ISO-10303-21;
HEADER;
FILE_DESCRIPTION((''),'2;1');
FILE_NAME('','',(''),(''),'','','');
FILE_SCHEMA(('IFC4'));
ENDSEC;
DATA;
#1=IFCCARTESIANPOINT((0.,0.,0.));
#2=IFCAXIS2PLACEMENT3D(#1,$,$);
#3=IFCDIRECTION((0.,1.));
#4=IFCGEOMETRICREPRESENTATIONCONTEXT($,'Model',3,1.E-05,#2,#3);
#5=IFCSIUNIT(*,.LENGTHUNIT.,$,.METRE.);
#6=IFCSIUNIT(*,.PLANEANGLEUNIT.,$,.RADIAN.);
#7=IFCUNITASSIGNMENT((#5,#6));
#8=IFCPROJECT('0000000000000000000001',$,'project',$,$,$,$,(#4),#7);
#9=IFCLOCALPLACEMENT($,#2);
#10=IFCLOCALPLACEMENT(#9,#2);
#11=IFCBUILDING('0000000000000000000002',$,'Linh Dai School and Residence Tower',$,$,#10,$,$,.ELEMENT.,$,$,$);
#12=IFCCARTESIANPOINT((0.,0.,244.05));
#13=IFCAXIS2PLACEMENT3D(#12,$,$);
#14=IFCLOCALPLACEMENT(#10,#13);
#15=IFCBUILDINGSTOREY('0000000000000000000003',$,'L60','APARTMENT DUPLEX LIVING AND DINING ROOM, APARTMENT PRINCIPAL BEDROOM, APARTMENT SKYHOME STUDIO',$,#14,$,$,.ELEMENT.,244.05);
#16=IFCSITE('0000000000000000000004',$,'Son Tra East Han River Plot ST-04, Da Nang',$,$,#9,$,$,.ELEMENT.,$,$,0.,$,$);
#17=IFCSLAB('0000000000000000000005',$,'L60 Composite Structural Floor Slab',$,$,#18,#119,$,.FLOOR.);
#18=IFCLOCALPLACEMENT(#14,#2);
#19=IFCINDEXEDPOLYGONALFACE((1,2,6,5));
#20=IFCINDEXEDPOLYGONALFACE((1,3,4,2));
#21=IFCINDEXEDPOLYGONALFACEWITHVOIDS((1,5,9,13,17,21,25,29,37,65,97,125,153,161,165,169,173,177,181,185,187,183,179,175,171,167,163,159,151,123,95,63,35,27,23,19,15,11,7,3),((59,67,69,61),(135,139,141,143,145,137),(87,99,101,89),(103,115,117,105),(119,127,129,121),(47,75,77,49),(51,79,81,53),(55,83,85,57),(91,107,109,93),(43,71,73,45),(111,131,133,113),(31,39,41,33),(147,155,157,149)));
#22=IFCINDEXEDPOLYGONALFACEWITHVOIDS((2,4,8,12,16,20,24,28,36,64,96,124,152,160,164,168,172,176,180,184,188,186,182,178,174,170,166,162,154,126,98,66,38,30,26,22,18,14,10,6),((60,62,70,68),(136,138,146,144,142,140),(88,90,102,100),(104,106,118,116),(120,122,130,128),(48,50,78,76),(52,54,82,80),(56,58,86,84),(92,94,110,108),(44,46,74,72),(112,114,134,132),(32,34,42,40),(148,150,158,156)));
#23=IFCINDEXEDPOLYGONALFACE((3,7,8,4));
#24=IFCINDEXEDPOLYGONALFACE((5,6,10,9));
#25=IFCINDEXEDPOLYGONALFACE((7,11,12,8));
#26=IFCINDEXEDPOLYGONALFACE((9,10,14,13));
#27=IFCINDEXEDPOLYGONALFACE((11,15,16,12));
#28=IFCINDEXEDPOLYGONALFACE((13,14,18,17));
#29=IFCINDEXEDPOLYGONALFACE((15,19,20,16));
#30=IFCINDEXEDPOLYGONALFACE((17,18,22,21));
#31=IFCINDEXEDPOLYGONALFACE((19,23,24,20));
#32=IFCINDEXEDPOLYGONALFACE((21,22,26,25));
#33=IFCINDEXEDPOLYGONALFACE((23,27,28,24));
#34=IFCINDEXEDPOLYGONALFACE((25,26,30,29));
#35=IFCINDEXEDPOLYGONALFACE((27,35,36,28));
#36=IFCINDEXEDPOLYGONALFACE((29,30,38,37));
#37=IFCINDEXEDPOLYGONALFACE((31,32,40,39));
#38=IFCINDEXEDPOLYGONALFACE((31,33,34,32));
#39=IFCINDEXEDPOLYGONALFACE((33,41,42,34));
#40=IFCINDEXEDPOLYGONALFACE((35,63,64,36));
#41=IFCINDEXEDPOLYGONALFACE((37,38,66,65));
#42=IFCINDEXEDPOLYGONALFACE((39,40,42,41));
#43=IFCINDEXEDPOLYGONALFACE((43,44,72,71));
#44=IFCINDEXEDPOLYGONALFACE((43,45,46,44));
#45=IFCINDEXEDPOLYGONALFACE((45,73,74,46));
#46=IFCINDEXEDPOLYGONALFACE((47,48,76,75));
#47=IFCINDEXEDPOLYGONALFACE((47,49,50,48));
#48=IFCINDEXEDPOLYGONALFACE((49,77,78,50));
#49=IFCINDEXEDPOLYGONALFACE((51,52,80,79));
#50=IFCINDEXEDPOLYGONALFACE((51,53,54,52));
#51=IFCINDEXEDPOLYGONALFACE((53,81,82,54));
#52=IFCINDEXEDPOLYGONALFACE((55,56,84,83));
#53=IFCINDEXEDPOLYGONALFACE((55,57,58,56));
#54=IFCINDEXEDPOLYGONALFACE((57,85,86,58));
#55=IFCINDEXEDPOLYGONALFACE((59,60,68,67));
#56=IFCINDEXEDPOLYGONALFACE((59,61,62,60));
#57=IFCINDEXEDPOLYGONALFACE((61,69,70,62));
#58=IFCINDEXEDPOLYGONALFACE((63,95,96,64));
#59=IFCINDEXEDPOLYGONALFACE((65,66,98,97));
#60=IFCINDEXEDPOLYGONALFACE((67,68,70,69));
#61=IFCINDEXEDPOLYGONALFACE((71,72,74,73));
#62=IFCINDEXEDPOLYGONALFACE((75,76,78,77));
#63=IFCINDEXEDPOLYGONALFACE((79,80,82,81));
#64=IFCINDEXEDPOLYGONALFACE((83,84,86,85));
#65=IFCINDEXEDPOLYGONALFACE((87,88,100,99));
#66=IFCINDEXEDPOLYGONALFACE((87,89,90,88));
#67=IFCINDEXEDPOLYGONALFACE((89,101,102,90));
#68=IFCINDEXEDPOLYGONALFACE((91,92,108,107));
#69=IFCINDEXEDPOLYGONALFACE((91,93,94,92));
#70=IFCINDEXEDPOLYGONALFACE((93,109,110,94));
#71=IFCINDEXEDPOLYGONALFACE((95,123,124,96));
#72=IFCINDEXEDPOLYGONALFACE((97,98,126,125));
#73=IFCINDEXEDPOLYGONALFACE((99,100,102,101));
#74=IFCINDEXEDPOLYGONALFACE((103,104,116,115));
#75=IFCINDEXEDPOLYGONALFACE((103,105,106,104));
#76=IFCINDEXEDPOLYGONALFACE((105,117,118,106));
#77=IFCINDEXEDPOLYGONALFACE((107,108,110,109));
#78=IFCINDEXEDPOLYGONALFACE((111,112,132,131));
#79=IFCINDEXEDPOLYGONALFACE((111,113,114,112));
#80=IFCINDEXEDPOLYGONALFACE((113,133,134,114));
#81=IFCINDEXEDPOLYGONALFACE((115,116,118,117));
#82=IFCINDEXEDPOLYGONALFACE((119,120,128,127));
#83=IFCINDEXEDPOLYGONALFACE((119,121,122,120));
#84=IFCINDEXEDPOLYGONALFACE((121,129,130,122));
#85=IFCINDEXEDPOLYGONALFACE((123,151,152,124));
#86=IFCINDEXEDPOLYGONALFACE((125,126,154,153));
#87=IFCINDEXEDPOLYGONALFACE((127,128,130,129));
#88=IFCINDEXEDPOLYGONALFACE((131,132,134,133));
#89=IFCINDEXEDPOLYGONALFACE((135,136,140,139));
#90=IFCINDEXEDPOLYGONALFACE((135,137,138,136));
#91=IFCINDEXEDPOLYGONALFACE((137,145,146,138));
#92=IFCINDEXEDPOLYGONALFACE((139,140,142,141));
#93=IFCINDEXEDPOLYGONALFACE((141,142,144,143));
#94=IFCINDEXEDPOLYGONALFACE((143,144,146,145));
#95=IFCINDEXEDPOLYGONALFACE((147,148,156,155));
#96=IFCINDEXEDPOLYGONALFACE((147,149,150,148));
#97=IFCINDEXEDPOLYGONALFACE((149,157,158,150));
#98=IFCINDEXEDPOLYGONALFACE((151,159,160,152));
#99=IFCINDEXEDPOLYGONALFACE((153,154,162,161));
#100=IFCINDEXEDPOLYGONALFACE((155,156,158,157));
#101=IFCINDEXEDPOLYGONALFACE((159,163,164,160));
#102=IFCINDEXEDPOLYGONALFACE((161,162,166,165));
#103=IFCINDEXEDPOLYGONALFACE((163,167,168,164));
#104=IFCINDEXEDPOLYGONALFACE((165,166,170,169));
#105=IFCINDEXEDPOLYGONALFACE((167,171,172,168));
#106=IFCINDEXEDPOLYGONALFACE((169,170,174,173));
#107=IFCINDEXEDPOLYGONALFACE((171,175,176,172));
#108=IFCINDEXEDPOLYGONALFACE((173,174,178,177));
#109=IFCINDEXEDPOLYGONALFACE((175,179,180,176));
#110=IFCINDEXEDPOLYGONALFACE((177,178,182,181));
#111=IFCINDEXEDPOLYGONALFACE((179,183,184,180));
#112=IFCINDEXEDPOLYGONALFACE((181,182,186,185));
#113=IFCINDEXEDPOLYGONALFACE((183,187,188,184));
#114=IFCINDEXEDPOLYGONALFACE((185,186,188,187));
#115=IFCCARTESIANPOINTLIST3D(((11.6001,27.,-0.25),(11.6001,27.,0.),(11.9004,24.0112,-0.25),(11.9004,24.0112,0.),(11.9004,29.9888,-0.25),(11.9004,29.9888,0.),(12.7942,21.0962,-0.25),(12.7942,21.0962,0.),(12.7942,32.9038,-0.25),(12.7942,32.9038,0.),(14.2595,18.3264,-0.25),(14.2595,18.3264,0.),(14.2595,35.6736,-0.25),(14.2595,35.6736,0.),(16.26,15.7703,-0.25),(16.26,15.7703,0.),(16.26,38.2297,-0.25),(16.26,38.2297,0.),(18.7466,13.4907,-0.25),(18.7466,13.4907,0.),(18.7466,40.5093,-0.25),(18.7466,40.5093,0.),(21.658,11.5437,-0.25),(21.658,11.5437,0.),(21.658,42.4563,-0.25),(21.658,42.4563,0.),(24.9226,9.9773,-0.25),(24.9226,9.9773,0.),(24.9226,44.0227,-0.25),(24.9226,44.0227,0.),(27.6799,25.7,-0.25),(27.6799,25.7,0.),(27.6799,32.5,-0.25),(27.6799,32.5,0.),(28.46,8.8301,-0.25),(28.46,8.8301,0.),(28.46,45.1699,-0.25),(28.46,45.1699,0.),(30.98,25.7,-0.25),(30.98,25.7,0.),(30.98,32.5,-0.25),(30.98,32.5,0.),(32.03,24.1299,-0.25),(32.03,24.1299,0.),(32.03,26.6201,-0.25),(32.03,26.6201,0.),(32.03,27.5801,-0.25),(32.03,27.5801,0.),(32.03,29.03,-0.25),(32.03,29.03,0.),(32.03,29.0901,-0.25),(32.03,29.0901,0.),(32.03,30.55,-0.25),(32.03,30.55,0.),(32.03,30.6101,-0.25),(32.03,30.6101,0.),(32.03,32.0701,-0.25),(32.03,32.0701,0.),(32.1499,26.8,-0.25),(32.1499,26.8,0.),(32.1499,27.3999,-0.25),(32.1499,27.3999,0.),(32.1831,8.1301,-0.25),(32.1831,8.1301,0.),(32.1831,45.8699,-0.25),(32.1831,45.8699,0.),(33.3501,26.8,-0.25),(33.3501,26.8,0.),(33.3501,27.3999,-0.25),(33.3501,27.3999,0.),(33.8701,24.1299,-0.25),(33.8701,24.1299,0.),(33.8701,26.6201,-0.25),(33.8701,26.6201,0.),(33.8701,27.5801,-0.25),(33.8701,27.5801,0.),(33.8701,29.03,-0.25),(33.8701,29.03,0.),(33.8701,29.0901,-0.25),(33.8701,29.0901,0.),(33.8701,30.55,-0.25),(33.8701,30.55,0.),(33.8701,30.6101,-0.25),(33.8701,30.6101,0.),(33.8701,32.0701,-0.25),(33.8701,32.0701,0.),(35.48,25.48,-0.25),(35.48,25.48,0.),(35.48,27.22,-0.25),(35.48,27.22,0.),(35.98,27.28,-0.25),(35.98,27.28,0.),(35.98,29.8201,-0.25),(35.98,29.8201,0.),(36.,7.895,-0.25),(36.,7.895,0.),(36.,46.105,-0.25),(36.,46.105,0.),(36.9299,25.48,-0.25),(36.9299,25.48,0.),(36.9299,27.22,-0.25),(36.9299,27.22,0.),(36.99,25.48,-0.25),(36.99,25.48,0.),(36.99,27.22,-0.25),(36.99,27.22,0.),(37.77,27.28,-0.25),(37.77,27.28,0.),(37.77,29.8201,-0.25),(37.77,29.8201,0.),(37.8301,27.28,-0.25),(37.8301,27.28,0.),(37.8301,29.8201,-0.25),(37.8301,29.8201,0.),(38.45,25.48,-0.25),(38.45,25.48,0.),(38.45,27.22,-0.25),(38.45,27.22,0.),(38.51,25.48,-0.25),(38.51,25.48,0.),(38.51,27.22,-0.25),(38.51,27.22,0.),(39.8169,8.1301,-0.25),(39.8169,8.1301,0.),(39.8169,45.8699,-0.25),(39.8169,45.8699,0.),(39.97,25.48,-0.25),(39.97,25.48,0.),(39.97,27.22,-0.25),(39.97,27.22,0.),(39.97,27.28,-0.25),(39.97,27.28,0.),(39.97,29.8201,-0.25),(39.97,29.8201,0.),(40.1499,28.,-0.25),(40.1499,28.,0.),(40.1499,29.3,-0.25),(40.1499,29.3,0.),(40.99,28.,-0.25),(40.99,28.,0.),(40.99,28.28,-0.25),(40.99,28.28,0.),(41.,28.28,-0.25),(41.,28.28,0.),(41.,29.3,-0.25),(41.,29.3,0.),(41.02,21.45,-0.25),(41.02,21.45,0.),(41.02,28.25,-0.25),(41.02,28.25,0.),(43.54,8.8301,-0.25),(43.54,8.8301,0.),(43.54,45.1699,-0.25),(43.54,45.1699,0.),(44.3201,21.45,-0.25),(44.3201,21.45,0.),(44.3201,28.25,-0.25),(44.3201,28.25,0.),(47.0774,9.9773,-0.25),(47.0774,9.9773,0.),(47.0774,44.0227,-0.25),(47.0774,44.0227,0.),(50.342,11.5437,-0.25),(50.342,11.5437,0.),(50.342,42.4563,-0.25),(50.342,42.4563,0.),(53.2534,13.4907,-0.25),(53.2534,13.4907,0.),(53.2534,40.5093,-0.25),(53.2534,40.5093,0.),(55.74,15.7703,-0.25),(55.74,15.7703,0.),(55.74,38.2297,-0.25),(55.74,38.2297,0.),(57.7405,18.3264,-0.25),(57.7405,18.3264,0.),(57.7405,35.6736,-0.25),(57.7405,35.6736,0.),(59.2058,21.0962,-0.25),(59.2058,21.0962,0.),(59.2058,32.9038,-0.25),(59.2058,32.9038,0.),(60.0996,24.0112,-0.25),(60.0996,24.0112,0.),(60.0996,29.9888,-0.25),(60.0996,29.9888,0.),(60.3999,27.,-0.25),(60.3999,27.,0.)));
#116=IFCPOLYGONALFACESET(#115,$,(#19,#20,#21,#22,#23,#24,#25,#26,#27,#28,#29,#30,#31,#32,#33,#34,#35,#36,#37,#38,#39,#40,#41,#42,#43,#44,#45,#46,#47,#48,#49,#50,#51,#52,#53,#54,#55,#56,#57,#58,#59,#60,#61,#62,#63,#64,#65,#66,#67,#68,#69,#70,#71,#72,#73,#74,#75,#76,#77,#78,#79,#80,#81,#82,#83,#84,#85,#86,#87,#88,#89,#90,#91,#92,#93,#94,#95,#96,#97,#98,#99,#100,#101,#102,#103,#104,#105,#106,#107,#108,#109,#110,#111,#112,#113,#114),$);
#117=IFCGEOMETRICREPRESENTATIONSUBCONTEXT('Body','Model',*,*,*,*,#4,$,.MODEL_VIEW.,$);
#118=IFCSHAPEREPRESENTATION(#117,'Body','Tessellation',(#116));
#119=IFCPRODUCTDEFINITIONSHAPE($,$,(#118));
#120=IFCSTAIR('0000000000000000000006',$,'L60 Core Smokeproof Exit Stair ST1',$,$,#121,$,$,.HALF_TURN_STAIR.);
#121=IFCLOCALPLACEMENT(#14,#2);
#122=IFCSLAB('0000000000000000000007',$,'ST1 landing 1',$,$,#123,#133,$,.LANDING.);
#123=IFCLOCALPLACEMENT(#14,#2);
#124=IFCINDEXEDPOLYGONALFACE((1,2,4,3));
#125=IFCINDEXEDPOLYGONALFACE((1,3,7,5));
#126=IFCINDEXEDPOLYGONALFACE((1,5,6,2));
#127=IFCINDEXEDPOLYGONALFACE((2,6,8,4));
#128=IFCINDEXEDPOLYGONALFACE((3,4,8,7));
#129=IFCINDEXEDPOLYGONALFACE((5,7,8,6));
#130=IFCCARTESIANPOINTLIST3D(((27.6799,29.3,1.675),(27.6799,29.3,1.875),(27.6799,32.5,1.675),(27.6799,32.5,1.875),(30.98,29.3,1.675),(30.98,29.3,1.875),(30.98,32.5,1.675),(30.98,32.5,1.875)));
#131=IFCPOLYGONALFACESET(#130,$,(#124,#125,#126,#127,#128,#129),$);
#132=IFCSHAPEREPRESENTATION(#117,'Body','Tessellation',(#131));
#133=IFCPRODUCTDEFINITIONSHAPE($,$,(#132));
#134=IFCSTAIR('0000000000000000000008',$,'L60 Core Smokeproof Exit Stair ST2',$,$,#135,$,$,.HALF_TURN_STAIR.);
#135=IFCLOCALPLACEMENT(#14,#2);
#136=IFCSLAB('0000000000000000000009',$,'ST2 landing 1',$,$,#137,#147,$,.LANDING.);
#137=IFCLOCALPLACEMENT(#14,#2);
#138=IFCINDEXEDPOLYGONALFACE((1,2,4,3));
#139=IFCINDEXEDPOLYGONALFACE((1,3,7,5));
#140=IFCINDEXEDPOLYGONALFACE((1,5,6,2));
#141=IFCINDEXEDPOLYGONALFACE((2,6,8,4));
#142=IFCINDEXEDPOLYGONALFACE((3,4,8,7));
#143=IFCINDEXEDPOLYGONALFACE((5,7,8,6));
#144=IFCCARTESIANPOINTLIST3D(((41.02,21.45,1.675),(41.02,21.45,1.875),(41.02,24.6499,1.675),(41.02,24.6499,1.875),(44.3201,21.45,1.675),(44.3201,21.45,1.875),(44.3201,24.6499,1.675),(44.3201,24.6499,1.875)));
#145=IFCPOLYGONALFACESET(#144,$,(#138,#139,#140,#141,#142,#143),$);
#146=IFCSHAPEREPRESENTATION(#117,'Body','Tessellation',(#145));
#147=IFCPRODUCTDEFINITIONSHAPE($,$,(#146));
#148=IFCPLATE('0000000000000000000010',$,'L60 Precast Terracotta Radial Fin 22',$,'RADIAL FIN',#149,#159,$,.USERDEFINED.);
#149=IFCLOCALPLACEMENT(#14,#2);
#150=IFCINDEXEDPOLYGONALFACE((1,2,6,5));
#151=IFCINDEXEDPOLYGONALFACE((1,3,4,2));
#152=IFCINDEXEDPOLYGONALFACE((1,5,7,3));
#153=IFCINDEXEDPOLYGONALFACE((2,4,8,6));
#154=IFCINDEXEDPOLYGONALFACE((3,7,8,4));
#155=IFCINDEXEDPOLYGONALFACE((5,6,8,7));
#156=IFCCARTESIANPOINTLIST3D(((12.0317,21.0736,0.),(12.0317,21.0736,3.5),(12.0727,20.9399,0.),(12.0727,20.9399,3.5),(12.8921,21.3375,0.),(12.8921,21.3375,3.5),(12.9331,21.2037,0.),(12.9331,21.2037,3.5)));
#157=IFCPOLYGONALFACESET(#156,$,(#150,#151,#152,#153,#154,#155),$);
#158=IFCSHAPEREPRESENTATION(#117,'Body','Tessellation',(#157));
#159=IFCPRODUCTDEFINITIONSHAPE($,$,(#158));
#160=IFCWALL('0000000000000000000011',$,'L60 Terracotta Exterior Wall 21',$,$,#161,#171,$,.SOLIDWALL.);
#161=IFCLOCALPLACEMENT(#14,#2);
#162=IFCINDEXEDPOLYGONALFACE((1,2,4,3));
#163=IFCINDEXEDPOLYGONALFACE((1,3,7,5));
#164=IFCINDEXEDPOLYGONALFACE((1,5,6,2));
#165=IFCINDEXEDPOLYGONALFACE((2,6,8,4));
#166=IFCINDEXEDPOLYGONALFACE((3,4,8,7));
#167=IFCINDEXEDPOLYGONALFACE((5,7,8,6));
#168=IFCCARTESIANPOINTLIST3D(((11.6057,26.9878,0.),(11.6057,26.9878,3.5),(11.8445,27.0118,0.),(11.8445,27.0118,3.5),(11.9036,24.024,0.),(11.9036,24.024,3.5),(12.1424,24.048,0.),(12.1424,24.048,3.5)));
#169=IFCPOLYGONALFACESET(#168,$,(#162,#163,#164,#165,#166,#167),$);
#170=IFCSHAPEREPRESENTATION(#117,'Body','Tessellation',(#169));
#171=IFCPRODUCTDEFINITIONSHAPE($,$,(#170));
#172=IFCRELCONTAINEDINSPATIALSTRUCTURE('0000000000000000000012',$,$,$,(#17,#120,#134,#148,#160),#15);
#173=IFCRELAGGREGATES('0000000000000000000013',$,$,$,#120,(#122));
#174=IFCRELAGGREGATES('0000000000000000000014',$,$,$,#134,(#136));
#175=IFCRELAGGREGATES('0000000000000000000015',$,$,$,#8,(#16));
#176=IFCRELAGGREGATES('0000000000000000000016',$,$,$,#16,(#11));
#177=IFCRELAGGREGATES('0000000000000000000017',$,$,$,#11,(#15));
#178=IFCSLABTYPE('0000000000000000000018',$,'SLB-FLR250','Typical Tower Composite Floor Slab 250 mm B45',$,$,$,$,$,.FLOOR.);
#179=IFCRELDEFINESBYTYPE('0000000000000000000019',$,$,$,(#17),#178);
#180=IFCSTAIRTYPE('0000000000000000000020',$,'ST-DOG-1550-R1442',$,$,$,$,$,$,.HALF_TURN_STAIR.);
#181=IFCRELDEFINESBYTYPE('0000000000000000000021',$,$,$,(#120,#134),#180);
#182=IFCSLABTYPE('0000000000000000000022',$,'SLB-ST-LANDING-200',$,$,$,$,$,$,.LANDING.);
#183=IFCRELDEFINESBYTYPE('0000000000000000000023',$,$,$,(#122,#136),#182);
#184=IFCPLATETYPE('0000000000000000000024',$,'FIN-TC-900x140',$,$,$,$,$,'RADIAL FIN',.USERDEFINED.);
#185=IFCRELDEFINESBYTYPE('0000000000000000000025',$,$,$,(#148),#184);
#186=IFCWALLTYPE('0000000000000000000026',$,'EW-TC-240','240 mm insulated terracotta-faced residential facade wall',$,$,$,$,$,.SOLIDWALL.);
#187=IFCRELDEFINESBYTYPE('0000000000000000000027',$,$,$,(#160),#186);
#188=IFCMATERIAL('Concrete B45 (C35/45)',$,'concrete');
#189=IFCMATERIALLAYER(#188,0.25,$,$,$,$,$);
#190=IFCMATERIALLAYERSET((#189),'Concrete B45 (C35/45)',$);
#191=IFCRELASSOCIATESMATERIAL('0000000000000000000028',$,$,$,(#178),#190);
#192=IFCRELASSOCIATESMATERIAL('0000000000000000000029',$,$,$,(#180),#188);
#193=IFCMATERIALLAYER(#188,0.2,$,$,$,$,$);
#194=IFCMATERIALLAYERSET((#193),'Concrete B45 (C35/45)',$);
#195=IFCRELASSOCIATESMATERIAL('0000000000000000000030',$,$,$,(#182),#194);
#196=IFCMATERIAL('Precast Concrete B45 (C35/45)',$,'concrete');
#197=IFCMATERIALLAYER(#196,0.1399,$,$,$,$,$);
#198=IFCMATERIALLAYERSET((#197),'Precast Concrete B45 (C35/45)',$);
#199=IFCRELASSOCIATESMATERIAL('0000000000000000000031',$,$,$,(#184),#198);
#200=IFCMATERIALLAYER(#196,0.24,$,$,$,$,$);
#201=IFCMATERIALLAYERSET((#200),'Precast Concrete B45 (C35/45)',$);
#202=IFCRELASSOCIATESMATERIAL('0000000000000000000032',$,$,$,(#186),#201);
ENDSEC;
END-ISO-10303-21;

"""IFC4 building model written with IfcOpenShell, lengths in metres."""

from ifc_helpers import new_model, si_unit, direction, frame, frame_2d, origin, origin_2d, place, context, subcontext, project, spatial, polyline, rectangle, outline, extrude, source, transform, mapped, material, layer, layer_set, type_object, element, aggregate, save


model = new_model("IFC4")

# Units and contexts
model_context = context("Model", 3, precision=1e-05, world=origin(), true_north=direction((0.0, 1.0)))
body_context = subcontext(model_context, "Body", "Model", "MODEL_VIEW")
ifc_project = project(units=[si_unit("LENGTHUNIT", "METRE"), si_unit("PLANEANGLEUNIT", "RADIAN")], contexts=[model_context])

# Site, building, storey
site_placement = place(None, origin())
site = spatial("IfcSite", under=ifc_project, at=site_placement, Name="Son Tra East Han River Plot ST-04, Da Nang", CompositionType="ELEMENT", RefElevation=0.0)
building_placement = place(site_placement, origin())
building = spatial("IfcBuilding", under=site, at=building_placement, Name="Linh Dai School and Residence Tower", CompositionType="ELEMENT")
storey_placement = place(building_placement, frame((0.0, 0.0, 244.05)))
storey = spatial("IfcBuildingStorey", under=building, at=storey_placement, Name="L60", Description="APARTMENT DUPLEX LIVING AND DINING ROOM, APARTMENT PRINCIPAL BEDROOM, APARTMENT SKYHOME STUDIO", CompositionType="ELEMENT", Elevation=244.05)

# Slab
ifc_material_1 = material(Name="Concrete B45 (C35/45)", Category="concrete")
ifc_layer_1 = layer(ifc_material_1, 0.25)
ifc_layer_set_1 = layer_set([ifc_layer_1], Name="Concrete B45 (C35/45)")
slab_type_1 = type_object("IfcSlabType", Name="SLB-FLR250", Description="Typical Tower Composite Floor Slab 250 mm B45", PredefinedType="FLOOR", material=ifc_layer_set_1)
slab_1_placement = place(storey_placement, frame((0.0, 0.0, -0.25)))
element("IfcSlab", 1, at=slab_1_placement, inside=storey, type_object=slab_type_1, Name="L60 Composite Structural Floor Slab", PredefinedType="FLOOR", context=body_context, shape_type="SweptSolid", body=[
    extrude(outline(polyline([(60.3999, 27.0), (60.0996, 29.9888), (59.2058, 32.9038), (57.7405, 35.6736), (55.74, 38.2297), (53.2534, 40.5093), (50.342, 42.4563), (47.0774, 44.0227), (43.54, 45.1699), (39.8169, 45.8699), (36.0, 46.105), (32.1831, 45.8699), (28.46, 45.1699), (24.9226, 44.0227), (21.658, 42.4563), (18.7466, 40.5093), (16.26, 38.2297), (14.2595, 35.6736), (12.7942, 32.9038), (11.9004, 29.9888), (11.6001, 27.0), (11.9004, 24.0112), (12.7942, 21.0962), (14.2595, 18.3264), (16.26, 15.7703), (18.7466, 13.4907), (21.658, 11.5437), (24.9226, 9.9773), (28.46, 8.8301), (32.1831, 8.1301), (36.0, 7.895), (39.8169, 8.1301), (43.54, 8.8301), (47.0774, 9.9773), (50.342, 11.5437), (53.2534, 13.4907), (55.74, 15.7703), (57.7405, 18.3264), (59.2058, 21.0962), (60.0996, 24.0112), (60.3999, 27.0)]), holes=[polyline([(30.98, 25.7), (30.98, 32.5), (27.6799, 32.5), (27.6799, 25.7), (30.98, 25.7)]), polyline([(41.02, 28.25), (41.02, 21.45), (44.3201, 21.45), (44.3201, 28.25), (41.02, 28.25)]), polyline([(35.98, 27.28), (37.77, 27.28), (37.77, 29.8201), (35.98, 29.8201), (35.98, 27.28)]), polyline([(32.03, 24.1299), (33.8701, 24.1299), (33.8701, 26.6201), (32.03, 26.6201), (32.03, 24.1299)]), polyline([(37.8301, 27.28), (39.97, 27.28), (39.97, 29.8201), (37.8301, 29.8201), (37.8301, 27.28)]), polyline([(32.03, 27.5801), (33.8701, 27.5801), (33.8701, 29.03), (32.03, 29.03), (32.03, 27.5801)]), polyline([(32.03, 29.0901), (33.8701, 29.0901), (33.8701, 30.55), (32.03, 30.55), (32.03, 29.0901)]), polyline([(32.03, 30.6101), (33.8701, 30.6101), (33.8701, 32.0701), (32.03, 32.0701), (32.03, 30.6101)]), polyline([(35.48, 25.48), (36.9299, 25.48), (36.9299, 27.22), (35.48, 27.22), (35.48, 25.48)]), polyline([(36.99, 25.48), (38.45, 25.48), (38.45, 27.22), (36.99, 27.22), (36.99, 25.48)]), polyline([(38.51, 25.48), (39.97, 25.48), (39.97, 27.22), (38.51, 27.22), (38.51, 25.48)]), polyline([(40.1499, 28.0), (40.1499, 29.3), (41.0, 29.3), (41.0, 28.28), (40.99, 28.28), (40.99, 28.0), (40.1499, 28.0)]), polyline([(32.1499, 26.8), (33.3501, 26.8), (33.3501, 27.3999), (32.1499, 27.3999), (32.1499, 26.8)])]), origin(), (0.0, 0.0, 1.0), 0.25),
])

# Stairs, slabs
stair_type = type_object("IfcStairType", Name="ST-DOG-1550-R1442", PredefinedType="HALF_TURN_STAIR", material=ifc_material_1)
stair_1_placement = place(storey_placement, origin())
stair_1 = element("IfcStair", 2, at=stair_1_placement, inside=storey, type_object=stair_type, Name="L60 Core Smokeproof Exit Stair ST1", PredefinedType="HALF_TURN_STAIR")
ifc_layer_2 = layer(ifc_material_1, 0.2)
ifc_layer_set_2 = layer_set([ifc_layer_2], Name="Concrete B45 (C35/45)")
slab_type_2 = type_object("IfcSlabType", Name="SLB-ST-LANDING-200", PredefinedType="LANDING", material=ifc_layer_set_2)
slab_2_placement = place(storey_placement, frame((0.0, 0.0, 1.675)))
slab_2 = element("IfcSlab", 3, at=slab_2_placement, type_object=slab_type_2, Name="ST1 landing 1", PredefinedType="LANDING", context=body_context, shape_type="SweptSolid", body=[
    extrude(outline(polyline([(30.98, 29.3), (30.98, 32.5), (27.6799, 32.5), (27.6799, 29.3), (30.98, 29.3)])), origin(), (0.0, 0.0, 1.0), 0.2),
])
aggregate(stair_1, [slab_2])
stair_2_placement = place(storey_placement, origin())
stair_2 = element("IfcStair", 4, at=stair_2_placement, inside=storey, type_object=stair_type, Name="L60 Core Smokeproof Exit Stair ST2", PredefinedType="HALF_TURN_STAIR")
slab_3_placement = place(storey_placement, frame((0.0, 0.0, 1.675)))
slab_3 = element("IfcSlab", 5, at=slab_3_placement, type_object=slab_type_2, Name="ST2 landing 1", PredefinedType="LANDING", context=body_context, shape_type="SweptSolid", body=[
    extrude(outline(polyline([(41.02, 24.6499), (41.02, 21.45), (44.3201, 21.45), (44.3201, 24.6499), (41.02, 24.6499)])), origin(), (0.0, 0.0, 1.0), 0.2),
])
aggregate(stair_2, [slab_3])

# Plate
ifc_material_2 = material(Name="Precast Concrete B45 (C35/45)", Category="concrete")
ifc_layer_3 = layer(ifc_material_2, 0.1399)
ifc_layer_set_3 = layer_set([ifc_layer_3], Name="Precast Concrete B45 (C35/45)")
plate_type = type_object("IfcPlateType", Name="FIN-TC-900x140", ElementType="RADIAL FIN", PredefinedType="USERDEFINED", material=ifc_layer_set_3)
shared_shape_1 = source(origin(), body_context, "Body", "SweptSolid", [
    extrude(rectangle(XDim=0.8999, YDim=0.1399, at=origin_2d()), origin(), (0.0, 0.0, 1.0), 3.5),
])
plate_placement = place(storey_placement, frame((12.4824, 21.1387, 0.0), z_axis=(0.0, 0.0, 1.0), x_axis=(-0.956064, -0.293157, 0.0)))
element("IfcPlate", 6, at=plate_placement, inside=storey, type_object=plate_type, Name="L60 Precast Terracotta Radial Fin 22", ObjectType="RADIAL FIN", PredefinedType="USERDEFINED", context=body_context, shape_type="MappedRepresentation", body=[
    mapped(shared_shape_1, transform((0.0, 0.0, 0.0), x_axis=(1.0, 0.0, 0.0), y_axis=(0.0, 1.0, 0.0), z_axis=(0.0, 0.0, 1.0), scale=1.0)),
])

# Wall
ifc_layer_4 = layer(ifc_material_2, 0.24)
ifc_layer_set_4 = layer_set([ifc_layer_4], Name="Precast Concrete B45 (C35/45)")
wall_type_1 = type_object("IfcWallType", Name="EW-TC-240", Description="240 mm insulated terracotta-faced residential facade wall", PredefinedType="SOLIDWALL", material=ifc_layer_set_4)
wall_1_placement = place(storey_placement, frame((12.0229, 24.0361, 0.0), z_axis=(0.0, 0.0, 1.0), x_axis=(-0.099991, 0.994988, 0.0)))
element("IfcWall", 7, at=wall_1_placement, inside=storey, type_object=wall_type_1, Name="L60 Terracotta Exterior Wall 21", PredefinedType="SOLIDWALL", context=body_context, shape_type="SweptSolid", body=[
    extrude(rectangle(XDim=2.9788, YDim=0.24, at=frame_2d((1.4893, 0.0))), origin(), (0.0, 0.0, 1.0), 3.5),
])

save(model, "model.ifc")
